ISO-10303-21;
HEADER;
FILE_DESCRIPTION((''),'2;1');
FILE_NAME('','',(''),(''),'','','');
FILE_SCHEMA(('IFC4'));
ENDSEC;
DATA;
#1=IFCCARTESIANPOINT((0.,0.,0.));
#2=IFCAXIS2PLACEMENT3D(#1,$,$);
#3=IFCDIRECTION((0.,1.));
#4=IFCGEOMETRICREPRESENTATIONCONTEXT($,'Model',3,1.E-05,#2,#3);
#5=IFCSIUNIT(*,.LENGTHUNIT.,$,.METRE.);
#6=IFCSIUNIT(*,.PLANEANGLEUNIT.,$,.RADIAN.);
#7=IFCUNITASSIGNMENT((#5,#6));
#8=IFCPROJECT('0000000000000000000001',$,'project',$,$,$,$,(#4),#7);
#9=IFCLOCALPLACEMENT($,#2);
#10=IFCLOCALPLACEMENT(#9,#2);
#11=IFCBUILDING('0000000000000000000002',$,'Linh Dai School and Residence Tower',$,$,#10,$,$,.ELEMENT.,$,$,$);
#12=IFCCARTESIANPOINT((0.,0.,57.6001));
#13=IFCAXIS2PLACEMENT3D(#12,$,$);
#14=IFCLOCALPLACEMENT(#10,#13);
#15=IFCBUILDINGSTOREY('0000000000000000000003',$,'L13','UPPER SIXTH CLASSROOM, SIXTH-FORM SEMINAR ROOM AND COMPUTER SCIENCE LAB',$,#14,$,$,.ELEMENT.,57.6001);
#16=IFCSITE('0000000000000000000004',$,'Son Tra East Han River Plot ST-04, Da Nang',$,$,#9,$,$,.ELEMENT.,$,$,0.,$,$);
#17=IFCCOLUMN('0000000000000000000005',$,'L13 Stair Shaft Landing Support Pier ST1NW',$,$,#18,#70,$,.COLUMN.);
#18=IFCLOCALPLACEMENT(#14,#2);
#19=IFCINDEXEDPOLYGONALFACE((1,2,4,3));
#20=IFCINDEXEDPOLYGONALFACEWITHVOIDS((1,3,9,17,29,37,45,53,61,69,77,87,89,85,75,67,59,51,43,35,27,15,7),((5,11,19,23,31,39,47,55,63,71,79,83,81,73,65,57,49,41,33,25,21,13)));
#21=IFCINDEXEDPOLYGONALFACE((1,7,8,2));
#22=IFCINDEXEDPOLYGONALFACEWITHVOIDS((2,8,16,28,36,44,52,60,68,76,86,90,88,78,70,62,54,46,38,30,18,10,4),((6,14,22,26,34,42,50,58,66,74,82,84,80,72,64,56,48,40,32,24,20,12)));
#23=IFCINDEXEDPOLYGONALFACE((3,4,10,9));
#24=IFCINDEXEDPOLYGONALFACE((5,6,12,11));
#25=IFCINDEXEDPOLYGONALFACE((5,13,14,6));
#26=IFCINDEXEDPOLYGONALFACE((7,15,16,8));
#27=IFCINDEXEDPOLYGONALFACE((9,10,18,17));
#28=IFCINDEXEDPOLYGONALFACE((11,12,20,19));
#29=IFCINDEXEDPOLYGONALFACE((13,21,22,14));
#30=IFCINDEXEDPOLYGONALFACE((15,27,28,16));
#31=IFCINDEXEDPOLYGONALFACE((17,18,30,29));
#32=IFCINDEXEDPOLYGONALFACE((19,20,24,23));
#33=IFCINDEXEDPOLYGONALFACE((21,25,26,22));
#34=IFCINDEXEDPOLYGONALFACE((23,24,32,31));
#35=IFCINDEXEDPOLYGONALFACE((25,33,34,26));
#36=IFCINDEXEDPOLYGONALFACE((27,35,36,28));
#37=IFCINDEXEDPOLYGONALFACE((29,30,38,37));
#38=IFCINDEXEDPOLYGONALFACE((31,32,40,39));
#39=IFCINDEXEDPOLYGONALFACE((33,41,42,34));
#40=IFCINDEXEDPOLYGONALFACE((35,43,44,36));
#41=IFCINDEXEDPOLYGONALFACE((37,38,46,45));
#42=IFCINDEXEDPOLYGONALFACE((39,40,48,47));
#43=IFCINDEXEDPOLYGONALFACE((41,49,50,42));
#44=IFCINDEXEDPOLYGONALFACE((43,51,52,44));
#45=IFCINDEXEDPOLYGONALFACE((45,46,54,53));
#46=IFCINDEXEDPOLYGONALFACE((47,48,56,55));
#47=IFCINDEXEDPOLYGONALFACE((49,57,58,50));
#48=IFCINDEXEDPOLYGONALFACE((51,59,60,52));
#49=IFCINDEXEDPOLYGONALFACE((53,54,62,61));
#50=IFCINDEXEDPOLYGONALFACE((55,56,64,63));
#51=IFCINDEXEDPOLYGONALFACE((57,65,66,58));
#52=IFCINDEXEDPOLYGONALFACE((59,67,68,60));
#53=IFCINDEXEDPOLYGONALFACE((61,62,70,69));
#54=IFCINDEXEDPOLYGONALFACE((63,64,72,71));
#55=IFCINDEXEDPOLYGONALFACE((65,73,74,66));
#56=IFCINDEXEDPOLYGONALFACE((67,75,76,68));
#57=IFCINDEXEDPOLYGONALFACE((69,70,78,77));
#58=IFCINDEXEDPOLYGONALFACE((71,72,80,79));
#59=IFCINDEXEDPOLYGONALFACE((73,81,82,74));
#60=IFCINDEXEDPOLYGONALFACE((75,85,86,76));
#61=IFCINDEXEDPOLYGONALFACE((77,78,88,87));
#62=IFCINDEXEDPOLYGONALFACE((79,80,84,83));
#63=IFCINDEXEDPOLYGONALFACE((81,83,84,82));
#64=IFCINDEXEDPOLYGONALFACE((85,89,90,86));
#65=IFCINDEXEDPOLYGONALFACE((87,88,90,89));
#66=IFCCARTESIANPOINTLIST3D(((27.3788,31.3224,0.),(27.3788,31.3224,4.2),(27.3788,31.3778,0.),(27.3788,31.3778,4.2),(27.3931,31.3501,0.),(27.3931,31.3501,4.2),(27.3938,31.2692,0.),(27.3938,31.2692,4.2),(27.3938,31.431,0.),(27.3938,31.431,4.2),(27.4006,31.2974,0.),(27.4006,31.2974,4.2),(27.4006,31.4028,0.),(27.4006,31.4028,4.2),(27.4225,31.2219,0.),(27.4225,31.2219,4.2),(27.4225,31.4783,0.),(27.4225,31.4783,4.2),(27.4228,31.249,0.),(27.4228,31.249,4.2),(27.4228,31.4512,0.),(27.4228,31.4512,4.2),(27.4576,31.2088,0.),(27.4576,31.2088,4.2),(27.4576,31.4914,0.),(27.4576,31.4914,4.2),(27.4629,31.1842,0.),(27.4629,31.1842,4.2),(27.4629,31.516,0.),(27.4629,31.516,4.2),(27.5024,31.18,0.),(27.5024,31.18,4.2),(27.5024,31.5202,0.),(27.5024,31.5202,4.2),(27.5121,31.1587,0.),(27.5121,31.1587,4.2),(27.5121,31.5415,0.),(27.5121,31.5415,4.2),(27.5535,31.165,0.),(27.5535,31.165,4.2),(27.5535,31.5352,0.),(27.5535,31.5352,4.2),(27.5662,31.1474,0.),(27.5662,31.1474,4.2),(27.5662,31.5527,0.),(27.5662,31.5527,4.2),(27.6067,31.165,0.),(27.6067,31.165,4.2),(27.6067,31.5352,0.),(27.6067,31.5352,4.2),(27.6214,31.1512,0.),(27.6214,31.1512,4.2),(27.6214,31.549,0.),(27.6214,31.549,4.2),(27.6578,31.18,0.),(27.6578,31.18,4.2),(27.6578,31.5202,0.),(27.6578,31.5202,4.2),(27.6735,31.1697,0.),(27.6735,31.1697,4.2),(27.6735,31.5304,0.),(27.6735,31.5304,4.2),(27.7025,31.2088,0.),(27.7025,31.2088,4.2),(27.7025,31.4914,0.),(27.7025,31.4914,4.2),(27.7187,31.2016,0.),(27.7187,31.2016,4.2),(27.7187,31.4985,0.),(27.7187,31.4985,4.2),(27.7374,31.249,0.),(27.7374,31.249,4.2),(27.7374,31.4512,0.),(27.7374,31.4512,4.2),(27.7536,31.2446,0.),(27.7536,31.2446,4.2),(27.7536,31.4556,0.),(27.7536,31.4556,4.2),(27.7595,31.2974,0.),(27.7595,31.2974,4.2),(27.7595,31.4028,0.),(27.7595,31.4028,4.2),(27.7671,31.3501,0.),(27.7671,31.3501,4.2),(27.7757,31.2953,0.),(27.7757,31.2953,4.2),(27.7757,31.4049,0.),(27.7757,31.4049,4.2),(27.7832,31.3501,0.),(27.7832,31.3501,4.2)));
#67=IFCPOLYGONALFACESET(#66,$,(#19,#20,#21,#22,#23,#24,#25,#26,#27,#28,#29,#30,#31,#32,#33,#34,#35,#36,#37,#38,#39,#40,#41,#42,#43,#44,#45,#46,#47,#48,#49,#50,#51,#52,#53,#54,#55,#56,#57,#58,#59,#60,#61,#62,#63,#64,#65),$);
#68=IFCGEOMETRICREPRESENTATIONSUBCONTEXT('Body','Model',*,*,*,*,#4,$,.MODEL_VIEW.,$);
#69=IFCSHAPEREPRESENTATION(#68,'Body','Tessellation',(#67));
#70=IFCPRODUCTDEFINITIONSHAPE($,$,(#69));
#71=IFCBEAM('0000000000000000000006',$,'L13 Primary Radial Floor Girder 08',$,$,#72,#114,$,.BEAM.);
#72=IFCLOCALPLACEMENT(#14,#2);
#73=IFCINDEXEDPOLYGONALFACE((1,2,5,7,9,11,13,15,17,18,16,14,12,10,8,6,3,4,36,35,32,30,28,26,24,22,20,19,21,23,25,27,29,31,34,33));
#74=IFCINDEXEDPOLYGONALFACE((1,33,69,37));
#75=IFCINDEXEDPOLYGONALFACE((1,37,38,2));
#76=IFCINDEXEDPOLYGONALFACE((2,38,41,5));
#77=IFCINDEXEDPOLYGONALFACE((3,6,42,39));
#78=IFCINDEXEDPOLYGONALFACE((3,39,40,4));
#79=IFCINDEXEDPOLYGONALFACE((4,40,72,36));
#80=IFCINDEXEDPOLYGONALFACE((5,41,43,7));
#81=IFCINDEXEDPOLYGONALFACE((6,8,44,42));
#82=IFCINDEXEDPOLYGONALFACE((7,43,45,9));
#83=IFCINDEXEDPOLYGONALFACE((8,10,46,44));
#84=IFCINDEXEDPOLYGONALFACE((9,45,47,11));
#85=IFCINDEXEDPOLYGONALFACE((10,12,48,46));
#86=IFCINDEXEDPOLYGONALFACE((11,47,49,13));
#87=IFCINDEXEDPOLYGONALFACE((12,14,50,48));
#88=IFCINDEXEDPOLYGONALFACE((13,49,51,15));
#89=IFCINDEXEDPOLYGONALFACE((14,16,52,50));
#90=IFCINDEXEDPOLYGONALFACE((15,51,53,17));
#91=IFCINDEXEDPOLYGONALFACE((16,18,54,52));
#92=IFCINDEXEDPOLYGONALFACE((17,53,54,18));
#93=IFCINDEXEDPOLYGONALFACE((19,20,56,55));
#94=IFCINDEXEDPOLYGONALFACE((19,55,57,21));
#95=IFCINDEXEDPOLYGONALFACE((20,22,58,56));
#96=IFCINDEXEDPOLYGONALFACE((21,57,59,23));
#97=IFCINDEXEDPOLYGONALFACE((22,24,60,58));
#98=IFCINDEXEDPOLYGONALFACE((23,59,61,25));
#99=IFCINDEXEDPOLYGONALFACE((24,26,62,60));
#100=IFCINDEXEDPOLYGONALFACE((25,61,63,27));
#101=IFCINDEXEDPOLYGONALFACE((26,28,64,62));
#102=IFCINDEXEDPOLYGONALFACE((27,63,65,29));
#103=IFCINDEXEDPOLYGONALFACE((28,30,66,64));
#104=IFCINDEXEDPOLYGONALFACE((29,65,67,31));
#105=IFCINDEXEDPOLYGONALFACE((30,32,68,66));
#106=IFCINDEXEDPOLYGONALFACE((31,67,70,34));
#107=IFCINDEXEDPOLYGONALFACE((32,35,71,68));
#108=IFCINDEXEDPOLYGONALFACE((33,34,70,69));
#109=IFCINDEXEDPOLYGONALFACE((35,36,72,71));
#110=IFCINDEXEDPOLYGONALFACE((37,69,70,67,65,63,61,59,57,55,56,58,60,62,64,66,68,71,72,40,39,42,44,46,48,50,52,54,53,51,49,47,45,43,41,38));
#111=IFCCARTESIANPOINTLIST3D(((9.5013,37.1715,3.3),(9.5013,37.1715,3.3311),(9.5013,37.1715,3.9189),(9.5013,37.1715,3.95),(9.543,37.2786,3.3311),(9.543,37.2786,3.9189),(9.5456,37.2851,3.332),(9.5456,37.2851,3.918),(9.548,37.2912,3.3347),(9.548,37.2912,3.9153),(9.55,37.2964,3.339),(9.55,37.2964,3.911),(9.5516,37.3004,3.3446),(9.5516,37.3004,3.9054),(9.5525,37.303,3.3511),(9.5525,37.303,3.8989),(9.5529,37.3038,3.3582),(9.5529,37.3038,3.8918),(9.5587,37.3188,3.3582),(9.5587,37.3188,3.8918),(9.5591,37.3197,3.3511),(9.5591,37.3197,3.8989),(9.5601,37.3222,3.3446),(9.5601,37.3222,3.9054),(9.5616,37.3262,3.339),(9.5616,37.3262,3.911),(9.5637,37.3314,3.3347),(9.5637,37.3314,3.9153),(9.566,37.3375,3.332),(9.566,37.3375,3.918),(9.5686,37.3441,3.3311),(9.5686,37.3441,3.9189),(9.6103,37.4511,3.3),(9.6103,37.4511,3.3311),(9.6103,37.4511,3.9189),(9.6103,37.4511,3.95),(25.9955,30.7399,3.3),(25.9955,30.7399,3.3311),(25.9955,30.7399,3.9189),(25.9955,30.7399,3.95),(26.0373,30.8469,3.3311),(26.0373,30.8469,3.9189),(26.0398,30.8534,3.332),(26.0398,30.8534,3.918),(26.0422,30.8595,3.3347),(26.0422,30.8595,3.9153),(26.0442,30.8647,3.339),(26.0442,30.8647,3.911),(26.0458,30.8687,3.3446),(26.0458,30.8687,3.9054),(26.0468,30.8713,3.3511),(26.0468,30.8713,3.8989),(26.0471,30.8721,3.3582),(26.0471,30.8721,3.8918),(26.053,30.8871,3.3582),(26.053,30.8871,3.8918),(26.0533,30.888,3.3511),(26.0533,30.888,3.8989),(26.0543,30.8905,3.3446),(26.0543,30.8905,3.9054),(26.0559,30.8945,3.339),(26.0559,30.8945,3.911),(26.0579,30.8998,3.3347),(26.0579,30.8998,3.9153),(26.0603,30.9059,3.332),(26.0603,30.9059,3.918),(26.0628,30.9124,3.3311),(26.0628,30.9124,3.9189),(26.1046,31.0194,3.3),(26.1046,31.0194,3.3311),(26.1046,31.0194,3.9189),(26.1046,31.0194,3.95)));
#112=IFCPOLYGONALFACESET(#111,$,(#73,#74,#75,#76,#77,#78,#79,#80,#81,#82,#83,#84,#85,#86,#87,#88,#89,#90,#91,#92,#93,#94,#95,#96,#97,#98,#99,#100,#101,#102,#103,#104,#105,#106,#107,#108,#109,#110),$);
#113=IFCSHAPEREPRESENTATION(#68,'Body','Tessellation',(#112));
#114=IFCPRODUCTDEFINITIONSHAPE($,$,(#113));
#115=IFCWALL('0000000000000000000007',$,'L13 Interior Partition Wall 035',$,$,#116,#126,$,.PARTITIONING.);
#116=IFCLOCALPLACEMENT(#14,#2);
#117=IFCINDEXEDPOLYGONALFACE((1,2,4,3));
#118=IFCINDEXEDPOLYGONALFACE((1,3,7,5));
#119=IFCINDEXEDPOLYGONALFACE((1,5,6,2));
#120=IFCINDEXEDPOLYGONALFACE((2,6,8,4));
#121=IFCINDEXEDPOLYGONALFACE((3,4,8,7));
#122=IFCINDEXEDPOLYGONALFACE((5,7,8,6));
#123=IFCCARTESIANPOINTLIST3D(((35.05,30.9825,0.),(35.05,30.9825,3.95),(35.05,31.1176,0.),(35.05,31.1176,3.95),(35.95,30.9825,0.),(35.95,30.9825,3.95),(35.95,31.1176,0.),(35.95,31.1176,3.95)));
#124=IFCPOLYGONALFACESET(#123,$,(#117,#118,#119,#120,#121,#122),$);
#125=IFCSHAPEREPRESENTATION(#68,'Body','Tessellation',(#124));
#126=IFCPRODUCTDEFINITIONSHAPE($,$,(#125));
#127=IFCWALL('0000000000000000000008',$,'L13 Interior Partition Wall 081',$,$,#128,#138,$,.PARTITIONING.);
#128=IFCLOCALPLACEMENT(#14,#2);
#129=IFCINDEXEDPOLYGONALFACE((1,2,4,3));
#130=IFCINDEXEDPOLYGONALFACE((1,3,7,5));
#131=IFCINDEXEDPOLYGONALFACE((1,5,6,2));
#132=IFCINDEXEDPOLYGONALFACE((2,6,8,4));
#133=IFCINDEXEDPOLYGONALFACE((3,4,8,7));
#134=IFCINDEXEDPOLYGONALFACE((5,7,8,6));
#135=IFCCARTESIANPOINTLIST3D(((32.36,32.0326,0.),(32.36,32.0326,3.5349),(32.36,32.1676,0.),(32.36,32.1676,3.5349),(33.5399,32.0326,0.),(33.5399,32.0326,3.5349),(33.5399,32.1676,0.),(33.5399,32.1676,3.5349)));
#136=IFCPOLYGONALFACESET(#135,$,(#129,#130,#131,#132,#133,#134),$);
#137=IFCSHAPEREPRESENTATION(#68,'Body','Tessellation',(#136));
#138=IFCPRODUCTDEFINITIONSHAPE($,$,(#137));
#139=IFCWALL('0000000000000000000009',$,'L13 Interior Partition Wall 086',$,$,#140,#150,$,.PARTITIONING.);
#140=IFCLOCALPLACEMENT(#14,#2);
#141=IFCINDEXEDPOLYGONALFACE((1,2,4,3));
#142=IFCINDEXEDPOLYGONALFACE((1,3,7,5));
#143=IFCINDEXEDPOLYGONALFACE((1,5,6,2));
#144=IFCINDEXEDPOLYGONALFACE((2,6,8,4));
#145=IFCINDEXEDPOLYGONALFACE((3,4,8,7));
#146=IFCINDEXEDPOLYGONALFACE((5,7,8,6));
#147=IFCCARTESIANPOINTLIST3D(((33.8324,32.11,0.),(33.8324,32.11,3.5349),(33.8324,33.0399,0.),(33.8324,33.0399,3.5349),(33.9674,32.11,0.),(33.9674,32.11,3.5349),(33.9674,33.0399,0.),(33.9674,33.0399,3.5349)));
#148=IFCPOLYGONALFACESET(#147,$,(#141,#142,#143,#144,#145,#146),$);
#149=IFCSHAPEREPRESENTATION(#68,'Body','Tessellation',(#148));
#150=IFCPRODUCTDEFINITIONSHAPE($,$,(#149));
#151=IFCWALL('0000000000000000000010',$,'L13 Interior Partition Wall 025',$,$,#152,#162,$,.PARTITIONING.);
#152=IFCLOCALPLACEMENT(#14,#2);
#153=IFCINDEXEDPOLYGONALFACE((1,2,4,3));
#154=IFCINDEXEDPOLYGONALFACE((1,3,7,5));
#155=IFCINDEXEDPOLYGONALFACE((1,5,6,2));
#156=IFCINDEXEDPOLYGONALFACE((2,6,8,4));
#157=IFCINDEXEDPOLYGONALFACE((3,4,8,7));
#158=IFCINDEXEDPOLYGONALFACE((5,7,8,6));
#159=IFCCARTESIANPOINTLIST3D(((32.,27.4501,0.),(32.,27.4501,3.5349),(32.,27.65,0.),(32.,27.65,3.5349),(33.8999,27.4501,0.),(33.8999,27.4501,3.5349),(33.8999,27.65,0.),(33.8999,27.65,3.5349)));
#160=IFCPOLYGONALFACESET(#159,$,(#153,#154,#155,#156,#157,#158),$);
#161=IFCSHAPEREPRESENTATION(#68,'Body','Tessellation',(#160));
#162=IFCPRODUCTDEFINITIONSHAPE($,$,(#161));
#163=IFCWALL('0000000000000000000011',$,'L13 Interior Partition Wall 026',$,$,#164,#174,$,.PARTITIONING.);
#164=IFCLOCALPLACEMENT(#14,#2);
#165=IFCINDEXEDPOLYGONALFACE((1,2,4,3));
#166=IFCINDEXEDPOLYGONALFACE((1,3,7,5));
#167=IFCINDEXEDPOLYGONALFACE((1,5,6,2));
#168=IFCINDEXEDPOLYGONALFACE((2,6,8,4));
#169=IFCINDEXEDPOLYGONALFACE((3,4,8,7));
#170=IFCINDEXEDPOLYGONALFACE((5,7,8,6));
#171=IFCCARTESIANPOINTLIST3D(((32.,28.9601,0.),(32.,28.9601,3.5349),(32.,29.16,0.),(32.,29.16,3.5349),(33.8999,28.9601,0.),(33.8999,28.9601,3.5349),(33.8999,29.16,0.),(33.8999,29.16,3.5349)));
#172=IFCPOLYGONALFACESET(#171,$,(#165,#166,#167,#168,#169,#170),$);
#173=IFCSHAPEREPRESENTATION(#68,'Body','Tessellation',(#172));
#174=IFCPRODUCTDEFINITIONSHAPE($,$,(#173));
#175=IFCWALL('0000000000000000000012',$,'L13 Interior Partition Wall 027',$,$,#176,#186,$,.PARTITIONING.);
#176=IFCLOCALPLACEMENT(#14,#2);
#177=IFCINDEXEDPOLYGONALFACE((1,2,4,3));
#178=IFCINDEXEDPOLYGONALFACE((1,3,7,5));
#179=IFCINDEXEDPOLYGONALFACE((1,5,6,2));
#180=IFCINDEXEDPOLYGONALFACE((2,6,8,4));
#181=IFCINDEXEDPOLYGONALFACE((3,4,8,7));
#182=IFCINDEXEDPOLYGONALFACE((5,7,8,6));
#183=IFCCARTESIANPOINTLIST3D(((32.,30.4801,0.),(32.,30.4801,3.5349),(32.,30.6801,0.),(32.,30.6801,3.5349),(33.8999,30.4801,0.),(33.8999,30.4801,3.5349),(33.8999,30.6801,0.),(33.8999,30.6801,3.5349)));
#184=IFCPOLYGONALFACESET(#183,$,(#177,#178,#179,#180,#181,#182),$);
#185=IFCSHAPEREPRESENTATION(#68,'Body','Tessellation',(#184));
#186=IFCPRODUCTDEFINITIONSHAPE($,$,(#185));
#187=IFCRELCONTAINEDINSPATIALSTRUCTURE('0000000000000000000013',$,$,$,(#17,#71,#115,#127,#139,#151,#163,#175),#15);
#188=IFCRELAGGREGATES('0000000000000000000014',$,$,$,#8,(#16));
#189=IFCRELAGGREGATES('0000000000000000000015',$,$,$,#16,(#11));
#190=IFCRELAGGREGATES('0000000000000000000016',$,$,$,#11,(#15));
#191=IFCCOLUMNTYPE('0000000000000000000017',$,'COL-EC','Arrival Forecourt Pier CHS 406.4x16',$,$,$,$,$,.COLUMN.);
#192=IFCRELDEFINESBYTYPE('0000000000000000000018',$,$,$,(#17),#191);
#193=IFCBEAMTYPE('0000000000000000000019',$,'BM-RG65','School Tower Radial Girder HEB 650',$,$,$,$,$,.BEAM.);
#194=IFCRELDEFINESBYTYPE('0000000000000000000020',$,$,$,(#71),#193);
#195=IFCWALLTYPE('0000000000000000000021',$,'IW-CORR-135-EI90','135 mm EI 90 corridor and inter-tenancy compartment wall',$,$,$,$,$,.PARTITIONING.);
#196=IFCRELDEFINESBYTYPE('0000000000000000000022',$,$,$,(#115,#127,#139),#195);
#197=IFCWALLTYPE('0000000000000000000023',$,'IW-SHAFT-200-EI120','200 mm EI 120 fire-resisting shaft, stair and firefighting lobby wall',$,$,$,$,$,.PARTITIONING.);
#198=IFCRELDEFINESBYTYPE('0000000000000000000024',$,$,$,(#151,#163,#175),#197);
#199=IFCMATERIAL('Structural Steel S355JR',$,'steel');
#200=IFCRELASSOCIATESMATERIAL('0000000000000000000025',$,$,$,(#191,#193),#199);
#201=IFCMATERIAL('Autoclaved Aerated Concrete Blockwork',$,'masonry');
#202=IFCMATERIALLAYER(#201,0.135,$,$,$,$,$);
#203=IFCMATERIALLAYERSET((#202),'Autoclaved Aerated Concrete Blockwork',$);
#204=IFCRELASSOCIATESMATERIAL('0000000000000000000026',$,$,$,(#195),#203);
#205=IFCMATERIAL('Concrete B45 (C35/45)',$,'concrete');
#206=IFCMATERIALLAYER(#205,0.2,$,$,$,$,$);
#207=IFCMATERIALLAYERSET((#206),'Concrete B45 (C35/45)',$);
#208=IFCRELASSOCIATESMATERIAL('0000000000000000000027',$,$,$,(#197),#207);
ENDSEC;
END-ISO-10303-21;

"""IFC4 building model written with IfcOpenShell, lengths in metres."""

from ifc_helpers import new_model, si_unit, direction, frame, frame_2d, origin, origin_2d, place, context, subcontext, project, spatial, rectangle, hollow_circle, i_section, extrude, material, layer, layer_set, material_profile, profile_set, type_object, element, save


model = new_model("IFC4")

# Units and contexts
model_context = context("Model", 3, precision=1e-05, world=origin(), true_north=direction((0.0, 1.0)))
body_context = subcontext(model_context, "Body", "Model", "MODEL_VIEW")
ifc_project = project(units=[si_unit("LENGTHUNIT", "METRE"), si_unit("PLANEANGLEUNIT", "RADIAN")], contexts=[model_context])

# Site, building, storey
site_placement = place(None, origin())
site = spatial("IfcSite", under=ifc_project, at=site_placement, Name="Son Tra East Han River Plot ST-04, Da Nang", CompositionType="ELEMENT", RefElevation=0.0)
building_placement = place(site_placement, origin())
building = spatial("IfcBuilding", under=site, at=building_placement, Name="Linh Dai School and Residence Tower", CompositionType="ELEMENT")
storey_placement = place(building_placement, frame((0.0, 0.0, 57.6001)))
storey = spatial("IfcBuildingStorey", under=building, at=storey_placement, Name="L13", Description="UPPER SIXTH CLASSROOM, SIXTH-FORM SEMINAR ROOM AND COMPUTER SCIENCE LAB", CompositionType="ELEMENT", Elevation=57.6001)

# Column
ifc_material_1 = material(Name="Structural Steel S355JR", Category="steel")
ifc_material_profile_1 = material_profile(ifc_material_1, hollow_circle(Radius=0.2031, WallThickness=0.0161, at=origin_2d()), Name="CHS 406.4x16")
ifc_profile_set_1 = profile_set([ifc_material_profile_1], Name="Structural Steel S355JR")
column_type = type_object("IfcColumnType", Name="COL-EC", Description="Arrival Forecourt Pier CHS 406.4x16", PredefinedType="COLUMN", material=ifc_profile_set_1)
column_placement = place(storey_placement, frame((27.5801, 31.3501, 0.0), z_axis=(0.0, 0.0, 1.0), x_axis=(1.0, 0.0, 0.0)))
element("IfcColumn", 1, at=column_placement, inside=storey, type_object=column_type, Name="L13 Stair Shaft Landing Support Pier ST1NW", PredefinedType="COLUMN", context=body_context, shape_type="SweptSolid", body=[
    extrude(hollow_circle(Radius=0.2031, WallThickness=0.0161, at=origin_2d()), origin(), (0.0, 0.0, 1.0), 4.2),
])

# Beam
ifc_material_profile_2 = material_profile(ifc_material_1, i_section(OverallWidth=0.3, OverallDepth=0.6499, WebThickness=0.0161, FlangeThickness=0.031, FilletRadius=0.0271, at=origin_2d()), Name="HEB 650")
ifc_profile_set_2 = profile_set([ifc_material_profile_2], Name="Structural Steel S355JR")
beam_type = type_object("IfcBeamType", Name="BM-RG65", Description="School Tower Radial Girder HEB 650", PredefinedType="BEAM", material=ifc_profile_set_2)
beam_placement = place(storey_placement, frame((26.05, 30.8796, 3.625), z_axis=(-0.931675, 0.363293, 0.0), x_axis=(-0.363293, -0.931675, 0.0)))
element("IfcBeam", 2, at=beam_placement, inside=storey, type_object=beam_type, Name="L13 Primary Radial Floor Girder 08", PredefinedType="BEAM", context=body_context, shape_type="SweptSolid", body=[
    extrude(i_section(OverallWidth=0.3, OverallDepth=0.6499, WebThickness=0.0161, FlangeThickness=0.031, FilletRadius=0.0271, at=origin_2d()), origin(), (0.0, 0.0, 1.0), 17.7039),
])

# Shared definitions
ifc_material_2 = material(Name="Autoclaved Aerated Concrete Blockwork", Category="masonry")
ifc_layer_1 = layer(ifc_material_2, 0.135)
ifc_layer_set_1 = layer_set([ifc_layer_1], Name="Autoclaved Aerated Concrete Blockwork")
wall_type_1 = type_object("IfcWallType", Name="IW-CORR-135-EI90", Description="135 mm EI 90 corridor and inter-tenancy compartment wall", PredefinedType="PARTITIONING", material=ifc_layer_set_1)

# Walls
wall_1_placement = place(storey_placement, frame((35.05, 31.05, 0.0), z_axis=(0.0, 0.0, 1.0), x_axis=(1.0, 0.0, 0.0)))
element("IfcWall", 3, at=wall_1_placement, inside=storey, type_object=wall_type_1, Name="L13 Interior Partition Wall 035", PredefinedType="PARTITIONING", context=body_context, shape_type="SweptSolid", body=[
    extrude(rectangle(XDim=0.8999, YDim=0.135, at=frame_2d((0.45, 0.0))), origin(), (0.0, 0.0, 1.0), 3.95),
])
wall_2_placement = place(storey_placement, frame((32.3601, 32.1001, 0.0), z_axis=(0.0, 0.0, 1.0), x_axis=(1.0, 0.0, 0.0)))
element("IfcWall", 4, at=wall_2_placement, inside=storey, type_object=wall_type_1, Name="L13 Interior Partition Wall 081", PredefinedType="PARTITIONING", context=body_context, shape_type="SweptSolid", body=[
    extrude(rectangle(XDim=1.1799, YDim=0.135, at=frame_2d((0.5898, 0.0))), origin(), (0.0, 0.0, 1.0), 3.5349),
])
wall_3_placement = place(storey_placement, frame((33.8999, 32.1101, 0.0), z_axis=(0.0, 0.0, 1.0), x_axis=(0.0, 1.0, 0.0)))
element("IfcWall", 5, at=wall_3_placement, inside=storey, type_object=wall_type_1, Name="L13 Interior Partition Wall 086", PredefinedType="PARTITIONING", context=body_context, shape_type="SweptSolid", body=[
    extrude(rectangle(XDim=0.9299, YDim=0.135, at=frame_2d((0.4648, 0.0))), origin(), (0.0, 0.0, 1.0), 3.5349),
])
ifc_material_3 = material(Name="Concrete B45 (C35/45)", Category="concrete")
ifc_layer_2 = layer(ifc_material_3, 0.2)
ifc_layer_set_2 = layer_set([ifc_layer_2], Name="Concrete B45 (C35/45)")
wall_type_2 = type_object("IfcWallType", Name="IW-SHAFT-200-EI120", Description="200 mm EI 120 fire-resisting shaft, stair and firefighting lobby wall", PredefinedType="PARTITIONING", material=ifc_layer_set_2)
for number, where, z_axis, x_axis, name in (
    (6, (32.0, 27.55, 0.0), (0.0, 0.0, 1.0), (1.0, 0.0, 0.0), "L13 Interior Partition Wall 025"),
    (7, (32.0, 29.0601, 0.0), (0.0, 0.0, 1.0), (1.0, 0.0, 0.0), "L13 Interior Partition Wall 026"),
    (8, (32.0, 30.5801, 0.0), (0.0, 0.0, 1.0), (1.0, 0.0, 0.0), "L13 Interior Partition Wall 027"),
):
    element("IfcWall", number, at=place(storey_placement, frame(where, z_axis=z_axis, x_axis=x_axis)), inside=storey, type_object=wall_type_2, Name=name, PredefinedType="PARTITIONING", context=body_context, shape_type="SweptSolid", body=[
        extrude(rectangle(XDim=1.8999, YDim=0.2, at=frame_2d((0.95, 0.0))), origin(), (0.0, 0.0, 1.0), 3.5349),
    ])

save(model, "model.ifc")
